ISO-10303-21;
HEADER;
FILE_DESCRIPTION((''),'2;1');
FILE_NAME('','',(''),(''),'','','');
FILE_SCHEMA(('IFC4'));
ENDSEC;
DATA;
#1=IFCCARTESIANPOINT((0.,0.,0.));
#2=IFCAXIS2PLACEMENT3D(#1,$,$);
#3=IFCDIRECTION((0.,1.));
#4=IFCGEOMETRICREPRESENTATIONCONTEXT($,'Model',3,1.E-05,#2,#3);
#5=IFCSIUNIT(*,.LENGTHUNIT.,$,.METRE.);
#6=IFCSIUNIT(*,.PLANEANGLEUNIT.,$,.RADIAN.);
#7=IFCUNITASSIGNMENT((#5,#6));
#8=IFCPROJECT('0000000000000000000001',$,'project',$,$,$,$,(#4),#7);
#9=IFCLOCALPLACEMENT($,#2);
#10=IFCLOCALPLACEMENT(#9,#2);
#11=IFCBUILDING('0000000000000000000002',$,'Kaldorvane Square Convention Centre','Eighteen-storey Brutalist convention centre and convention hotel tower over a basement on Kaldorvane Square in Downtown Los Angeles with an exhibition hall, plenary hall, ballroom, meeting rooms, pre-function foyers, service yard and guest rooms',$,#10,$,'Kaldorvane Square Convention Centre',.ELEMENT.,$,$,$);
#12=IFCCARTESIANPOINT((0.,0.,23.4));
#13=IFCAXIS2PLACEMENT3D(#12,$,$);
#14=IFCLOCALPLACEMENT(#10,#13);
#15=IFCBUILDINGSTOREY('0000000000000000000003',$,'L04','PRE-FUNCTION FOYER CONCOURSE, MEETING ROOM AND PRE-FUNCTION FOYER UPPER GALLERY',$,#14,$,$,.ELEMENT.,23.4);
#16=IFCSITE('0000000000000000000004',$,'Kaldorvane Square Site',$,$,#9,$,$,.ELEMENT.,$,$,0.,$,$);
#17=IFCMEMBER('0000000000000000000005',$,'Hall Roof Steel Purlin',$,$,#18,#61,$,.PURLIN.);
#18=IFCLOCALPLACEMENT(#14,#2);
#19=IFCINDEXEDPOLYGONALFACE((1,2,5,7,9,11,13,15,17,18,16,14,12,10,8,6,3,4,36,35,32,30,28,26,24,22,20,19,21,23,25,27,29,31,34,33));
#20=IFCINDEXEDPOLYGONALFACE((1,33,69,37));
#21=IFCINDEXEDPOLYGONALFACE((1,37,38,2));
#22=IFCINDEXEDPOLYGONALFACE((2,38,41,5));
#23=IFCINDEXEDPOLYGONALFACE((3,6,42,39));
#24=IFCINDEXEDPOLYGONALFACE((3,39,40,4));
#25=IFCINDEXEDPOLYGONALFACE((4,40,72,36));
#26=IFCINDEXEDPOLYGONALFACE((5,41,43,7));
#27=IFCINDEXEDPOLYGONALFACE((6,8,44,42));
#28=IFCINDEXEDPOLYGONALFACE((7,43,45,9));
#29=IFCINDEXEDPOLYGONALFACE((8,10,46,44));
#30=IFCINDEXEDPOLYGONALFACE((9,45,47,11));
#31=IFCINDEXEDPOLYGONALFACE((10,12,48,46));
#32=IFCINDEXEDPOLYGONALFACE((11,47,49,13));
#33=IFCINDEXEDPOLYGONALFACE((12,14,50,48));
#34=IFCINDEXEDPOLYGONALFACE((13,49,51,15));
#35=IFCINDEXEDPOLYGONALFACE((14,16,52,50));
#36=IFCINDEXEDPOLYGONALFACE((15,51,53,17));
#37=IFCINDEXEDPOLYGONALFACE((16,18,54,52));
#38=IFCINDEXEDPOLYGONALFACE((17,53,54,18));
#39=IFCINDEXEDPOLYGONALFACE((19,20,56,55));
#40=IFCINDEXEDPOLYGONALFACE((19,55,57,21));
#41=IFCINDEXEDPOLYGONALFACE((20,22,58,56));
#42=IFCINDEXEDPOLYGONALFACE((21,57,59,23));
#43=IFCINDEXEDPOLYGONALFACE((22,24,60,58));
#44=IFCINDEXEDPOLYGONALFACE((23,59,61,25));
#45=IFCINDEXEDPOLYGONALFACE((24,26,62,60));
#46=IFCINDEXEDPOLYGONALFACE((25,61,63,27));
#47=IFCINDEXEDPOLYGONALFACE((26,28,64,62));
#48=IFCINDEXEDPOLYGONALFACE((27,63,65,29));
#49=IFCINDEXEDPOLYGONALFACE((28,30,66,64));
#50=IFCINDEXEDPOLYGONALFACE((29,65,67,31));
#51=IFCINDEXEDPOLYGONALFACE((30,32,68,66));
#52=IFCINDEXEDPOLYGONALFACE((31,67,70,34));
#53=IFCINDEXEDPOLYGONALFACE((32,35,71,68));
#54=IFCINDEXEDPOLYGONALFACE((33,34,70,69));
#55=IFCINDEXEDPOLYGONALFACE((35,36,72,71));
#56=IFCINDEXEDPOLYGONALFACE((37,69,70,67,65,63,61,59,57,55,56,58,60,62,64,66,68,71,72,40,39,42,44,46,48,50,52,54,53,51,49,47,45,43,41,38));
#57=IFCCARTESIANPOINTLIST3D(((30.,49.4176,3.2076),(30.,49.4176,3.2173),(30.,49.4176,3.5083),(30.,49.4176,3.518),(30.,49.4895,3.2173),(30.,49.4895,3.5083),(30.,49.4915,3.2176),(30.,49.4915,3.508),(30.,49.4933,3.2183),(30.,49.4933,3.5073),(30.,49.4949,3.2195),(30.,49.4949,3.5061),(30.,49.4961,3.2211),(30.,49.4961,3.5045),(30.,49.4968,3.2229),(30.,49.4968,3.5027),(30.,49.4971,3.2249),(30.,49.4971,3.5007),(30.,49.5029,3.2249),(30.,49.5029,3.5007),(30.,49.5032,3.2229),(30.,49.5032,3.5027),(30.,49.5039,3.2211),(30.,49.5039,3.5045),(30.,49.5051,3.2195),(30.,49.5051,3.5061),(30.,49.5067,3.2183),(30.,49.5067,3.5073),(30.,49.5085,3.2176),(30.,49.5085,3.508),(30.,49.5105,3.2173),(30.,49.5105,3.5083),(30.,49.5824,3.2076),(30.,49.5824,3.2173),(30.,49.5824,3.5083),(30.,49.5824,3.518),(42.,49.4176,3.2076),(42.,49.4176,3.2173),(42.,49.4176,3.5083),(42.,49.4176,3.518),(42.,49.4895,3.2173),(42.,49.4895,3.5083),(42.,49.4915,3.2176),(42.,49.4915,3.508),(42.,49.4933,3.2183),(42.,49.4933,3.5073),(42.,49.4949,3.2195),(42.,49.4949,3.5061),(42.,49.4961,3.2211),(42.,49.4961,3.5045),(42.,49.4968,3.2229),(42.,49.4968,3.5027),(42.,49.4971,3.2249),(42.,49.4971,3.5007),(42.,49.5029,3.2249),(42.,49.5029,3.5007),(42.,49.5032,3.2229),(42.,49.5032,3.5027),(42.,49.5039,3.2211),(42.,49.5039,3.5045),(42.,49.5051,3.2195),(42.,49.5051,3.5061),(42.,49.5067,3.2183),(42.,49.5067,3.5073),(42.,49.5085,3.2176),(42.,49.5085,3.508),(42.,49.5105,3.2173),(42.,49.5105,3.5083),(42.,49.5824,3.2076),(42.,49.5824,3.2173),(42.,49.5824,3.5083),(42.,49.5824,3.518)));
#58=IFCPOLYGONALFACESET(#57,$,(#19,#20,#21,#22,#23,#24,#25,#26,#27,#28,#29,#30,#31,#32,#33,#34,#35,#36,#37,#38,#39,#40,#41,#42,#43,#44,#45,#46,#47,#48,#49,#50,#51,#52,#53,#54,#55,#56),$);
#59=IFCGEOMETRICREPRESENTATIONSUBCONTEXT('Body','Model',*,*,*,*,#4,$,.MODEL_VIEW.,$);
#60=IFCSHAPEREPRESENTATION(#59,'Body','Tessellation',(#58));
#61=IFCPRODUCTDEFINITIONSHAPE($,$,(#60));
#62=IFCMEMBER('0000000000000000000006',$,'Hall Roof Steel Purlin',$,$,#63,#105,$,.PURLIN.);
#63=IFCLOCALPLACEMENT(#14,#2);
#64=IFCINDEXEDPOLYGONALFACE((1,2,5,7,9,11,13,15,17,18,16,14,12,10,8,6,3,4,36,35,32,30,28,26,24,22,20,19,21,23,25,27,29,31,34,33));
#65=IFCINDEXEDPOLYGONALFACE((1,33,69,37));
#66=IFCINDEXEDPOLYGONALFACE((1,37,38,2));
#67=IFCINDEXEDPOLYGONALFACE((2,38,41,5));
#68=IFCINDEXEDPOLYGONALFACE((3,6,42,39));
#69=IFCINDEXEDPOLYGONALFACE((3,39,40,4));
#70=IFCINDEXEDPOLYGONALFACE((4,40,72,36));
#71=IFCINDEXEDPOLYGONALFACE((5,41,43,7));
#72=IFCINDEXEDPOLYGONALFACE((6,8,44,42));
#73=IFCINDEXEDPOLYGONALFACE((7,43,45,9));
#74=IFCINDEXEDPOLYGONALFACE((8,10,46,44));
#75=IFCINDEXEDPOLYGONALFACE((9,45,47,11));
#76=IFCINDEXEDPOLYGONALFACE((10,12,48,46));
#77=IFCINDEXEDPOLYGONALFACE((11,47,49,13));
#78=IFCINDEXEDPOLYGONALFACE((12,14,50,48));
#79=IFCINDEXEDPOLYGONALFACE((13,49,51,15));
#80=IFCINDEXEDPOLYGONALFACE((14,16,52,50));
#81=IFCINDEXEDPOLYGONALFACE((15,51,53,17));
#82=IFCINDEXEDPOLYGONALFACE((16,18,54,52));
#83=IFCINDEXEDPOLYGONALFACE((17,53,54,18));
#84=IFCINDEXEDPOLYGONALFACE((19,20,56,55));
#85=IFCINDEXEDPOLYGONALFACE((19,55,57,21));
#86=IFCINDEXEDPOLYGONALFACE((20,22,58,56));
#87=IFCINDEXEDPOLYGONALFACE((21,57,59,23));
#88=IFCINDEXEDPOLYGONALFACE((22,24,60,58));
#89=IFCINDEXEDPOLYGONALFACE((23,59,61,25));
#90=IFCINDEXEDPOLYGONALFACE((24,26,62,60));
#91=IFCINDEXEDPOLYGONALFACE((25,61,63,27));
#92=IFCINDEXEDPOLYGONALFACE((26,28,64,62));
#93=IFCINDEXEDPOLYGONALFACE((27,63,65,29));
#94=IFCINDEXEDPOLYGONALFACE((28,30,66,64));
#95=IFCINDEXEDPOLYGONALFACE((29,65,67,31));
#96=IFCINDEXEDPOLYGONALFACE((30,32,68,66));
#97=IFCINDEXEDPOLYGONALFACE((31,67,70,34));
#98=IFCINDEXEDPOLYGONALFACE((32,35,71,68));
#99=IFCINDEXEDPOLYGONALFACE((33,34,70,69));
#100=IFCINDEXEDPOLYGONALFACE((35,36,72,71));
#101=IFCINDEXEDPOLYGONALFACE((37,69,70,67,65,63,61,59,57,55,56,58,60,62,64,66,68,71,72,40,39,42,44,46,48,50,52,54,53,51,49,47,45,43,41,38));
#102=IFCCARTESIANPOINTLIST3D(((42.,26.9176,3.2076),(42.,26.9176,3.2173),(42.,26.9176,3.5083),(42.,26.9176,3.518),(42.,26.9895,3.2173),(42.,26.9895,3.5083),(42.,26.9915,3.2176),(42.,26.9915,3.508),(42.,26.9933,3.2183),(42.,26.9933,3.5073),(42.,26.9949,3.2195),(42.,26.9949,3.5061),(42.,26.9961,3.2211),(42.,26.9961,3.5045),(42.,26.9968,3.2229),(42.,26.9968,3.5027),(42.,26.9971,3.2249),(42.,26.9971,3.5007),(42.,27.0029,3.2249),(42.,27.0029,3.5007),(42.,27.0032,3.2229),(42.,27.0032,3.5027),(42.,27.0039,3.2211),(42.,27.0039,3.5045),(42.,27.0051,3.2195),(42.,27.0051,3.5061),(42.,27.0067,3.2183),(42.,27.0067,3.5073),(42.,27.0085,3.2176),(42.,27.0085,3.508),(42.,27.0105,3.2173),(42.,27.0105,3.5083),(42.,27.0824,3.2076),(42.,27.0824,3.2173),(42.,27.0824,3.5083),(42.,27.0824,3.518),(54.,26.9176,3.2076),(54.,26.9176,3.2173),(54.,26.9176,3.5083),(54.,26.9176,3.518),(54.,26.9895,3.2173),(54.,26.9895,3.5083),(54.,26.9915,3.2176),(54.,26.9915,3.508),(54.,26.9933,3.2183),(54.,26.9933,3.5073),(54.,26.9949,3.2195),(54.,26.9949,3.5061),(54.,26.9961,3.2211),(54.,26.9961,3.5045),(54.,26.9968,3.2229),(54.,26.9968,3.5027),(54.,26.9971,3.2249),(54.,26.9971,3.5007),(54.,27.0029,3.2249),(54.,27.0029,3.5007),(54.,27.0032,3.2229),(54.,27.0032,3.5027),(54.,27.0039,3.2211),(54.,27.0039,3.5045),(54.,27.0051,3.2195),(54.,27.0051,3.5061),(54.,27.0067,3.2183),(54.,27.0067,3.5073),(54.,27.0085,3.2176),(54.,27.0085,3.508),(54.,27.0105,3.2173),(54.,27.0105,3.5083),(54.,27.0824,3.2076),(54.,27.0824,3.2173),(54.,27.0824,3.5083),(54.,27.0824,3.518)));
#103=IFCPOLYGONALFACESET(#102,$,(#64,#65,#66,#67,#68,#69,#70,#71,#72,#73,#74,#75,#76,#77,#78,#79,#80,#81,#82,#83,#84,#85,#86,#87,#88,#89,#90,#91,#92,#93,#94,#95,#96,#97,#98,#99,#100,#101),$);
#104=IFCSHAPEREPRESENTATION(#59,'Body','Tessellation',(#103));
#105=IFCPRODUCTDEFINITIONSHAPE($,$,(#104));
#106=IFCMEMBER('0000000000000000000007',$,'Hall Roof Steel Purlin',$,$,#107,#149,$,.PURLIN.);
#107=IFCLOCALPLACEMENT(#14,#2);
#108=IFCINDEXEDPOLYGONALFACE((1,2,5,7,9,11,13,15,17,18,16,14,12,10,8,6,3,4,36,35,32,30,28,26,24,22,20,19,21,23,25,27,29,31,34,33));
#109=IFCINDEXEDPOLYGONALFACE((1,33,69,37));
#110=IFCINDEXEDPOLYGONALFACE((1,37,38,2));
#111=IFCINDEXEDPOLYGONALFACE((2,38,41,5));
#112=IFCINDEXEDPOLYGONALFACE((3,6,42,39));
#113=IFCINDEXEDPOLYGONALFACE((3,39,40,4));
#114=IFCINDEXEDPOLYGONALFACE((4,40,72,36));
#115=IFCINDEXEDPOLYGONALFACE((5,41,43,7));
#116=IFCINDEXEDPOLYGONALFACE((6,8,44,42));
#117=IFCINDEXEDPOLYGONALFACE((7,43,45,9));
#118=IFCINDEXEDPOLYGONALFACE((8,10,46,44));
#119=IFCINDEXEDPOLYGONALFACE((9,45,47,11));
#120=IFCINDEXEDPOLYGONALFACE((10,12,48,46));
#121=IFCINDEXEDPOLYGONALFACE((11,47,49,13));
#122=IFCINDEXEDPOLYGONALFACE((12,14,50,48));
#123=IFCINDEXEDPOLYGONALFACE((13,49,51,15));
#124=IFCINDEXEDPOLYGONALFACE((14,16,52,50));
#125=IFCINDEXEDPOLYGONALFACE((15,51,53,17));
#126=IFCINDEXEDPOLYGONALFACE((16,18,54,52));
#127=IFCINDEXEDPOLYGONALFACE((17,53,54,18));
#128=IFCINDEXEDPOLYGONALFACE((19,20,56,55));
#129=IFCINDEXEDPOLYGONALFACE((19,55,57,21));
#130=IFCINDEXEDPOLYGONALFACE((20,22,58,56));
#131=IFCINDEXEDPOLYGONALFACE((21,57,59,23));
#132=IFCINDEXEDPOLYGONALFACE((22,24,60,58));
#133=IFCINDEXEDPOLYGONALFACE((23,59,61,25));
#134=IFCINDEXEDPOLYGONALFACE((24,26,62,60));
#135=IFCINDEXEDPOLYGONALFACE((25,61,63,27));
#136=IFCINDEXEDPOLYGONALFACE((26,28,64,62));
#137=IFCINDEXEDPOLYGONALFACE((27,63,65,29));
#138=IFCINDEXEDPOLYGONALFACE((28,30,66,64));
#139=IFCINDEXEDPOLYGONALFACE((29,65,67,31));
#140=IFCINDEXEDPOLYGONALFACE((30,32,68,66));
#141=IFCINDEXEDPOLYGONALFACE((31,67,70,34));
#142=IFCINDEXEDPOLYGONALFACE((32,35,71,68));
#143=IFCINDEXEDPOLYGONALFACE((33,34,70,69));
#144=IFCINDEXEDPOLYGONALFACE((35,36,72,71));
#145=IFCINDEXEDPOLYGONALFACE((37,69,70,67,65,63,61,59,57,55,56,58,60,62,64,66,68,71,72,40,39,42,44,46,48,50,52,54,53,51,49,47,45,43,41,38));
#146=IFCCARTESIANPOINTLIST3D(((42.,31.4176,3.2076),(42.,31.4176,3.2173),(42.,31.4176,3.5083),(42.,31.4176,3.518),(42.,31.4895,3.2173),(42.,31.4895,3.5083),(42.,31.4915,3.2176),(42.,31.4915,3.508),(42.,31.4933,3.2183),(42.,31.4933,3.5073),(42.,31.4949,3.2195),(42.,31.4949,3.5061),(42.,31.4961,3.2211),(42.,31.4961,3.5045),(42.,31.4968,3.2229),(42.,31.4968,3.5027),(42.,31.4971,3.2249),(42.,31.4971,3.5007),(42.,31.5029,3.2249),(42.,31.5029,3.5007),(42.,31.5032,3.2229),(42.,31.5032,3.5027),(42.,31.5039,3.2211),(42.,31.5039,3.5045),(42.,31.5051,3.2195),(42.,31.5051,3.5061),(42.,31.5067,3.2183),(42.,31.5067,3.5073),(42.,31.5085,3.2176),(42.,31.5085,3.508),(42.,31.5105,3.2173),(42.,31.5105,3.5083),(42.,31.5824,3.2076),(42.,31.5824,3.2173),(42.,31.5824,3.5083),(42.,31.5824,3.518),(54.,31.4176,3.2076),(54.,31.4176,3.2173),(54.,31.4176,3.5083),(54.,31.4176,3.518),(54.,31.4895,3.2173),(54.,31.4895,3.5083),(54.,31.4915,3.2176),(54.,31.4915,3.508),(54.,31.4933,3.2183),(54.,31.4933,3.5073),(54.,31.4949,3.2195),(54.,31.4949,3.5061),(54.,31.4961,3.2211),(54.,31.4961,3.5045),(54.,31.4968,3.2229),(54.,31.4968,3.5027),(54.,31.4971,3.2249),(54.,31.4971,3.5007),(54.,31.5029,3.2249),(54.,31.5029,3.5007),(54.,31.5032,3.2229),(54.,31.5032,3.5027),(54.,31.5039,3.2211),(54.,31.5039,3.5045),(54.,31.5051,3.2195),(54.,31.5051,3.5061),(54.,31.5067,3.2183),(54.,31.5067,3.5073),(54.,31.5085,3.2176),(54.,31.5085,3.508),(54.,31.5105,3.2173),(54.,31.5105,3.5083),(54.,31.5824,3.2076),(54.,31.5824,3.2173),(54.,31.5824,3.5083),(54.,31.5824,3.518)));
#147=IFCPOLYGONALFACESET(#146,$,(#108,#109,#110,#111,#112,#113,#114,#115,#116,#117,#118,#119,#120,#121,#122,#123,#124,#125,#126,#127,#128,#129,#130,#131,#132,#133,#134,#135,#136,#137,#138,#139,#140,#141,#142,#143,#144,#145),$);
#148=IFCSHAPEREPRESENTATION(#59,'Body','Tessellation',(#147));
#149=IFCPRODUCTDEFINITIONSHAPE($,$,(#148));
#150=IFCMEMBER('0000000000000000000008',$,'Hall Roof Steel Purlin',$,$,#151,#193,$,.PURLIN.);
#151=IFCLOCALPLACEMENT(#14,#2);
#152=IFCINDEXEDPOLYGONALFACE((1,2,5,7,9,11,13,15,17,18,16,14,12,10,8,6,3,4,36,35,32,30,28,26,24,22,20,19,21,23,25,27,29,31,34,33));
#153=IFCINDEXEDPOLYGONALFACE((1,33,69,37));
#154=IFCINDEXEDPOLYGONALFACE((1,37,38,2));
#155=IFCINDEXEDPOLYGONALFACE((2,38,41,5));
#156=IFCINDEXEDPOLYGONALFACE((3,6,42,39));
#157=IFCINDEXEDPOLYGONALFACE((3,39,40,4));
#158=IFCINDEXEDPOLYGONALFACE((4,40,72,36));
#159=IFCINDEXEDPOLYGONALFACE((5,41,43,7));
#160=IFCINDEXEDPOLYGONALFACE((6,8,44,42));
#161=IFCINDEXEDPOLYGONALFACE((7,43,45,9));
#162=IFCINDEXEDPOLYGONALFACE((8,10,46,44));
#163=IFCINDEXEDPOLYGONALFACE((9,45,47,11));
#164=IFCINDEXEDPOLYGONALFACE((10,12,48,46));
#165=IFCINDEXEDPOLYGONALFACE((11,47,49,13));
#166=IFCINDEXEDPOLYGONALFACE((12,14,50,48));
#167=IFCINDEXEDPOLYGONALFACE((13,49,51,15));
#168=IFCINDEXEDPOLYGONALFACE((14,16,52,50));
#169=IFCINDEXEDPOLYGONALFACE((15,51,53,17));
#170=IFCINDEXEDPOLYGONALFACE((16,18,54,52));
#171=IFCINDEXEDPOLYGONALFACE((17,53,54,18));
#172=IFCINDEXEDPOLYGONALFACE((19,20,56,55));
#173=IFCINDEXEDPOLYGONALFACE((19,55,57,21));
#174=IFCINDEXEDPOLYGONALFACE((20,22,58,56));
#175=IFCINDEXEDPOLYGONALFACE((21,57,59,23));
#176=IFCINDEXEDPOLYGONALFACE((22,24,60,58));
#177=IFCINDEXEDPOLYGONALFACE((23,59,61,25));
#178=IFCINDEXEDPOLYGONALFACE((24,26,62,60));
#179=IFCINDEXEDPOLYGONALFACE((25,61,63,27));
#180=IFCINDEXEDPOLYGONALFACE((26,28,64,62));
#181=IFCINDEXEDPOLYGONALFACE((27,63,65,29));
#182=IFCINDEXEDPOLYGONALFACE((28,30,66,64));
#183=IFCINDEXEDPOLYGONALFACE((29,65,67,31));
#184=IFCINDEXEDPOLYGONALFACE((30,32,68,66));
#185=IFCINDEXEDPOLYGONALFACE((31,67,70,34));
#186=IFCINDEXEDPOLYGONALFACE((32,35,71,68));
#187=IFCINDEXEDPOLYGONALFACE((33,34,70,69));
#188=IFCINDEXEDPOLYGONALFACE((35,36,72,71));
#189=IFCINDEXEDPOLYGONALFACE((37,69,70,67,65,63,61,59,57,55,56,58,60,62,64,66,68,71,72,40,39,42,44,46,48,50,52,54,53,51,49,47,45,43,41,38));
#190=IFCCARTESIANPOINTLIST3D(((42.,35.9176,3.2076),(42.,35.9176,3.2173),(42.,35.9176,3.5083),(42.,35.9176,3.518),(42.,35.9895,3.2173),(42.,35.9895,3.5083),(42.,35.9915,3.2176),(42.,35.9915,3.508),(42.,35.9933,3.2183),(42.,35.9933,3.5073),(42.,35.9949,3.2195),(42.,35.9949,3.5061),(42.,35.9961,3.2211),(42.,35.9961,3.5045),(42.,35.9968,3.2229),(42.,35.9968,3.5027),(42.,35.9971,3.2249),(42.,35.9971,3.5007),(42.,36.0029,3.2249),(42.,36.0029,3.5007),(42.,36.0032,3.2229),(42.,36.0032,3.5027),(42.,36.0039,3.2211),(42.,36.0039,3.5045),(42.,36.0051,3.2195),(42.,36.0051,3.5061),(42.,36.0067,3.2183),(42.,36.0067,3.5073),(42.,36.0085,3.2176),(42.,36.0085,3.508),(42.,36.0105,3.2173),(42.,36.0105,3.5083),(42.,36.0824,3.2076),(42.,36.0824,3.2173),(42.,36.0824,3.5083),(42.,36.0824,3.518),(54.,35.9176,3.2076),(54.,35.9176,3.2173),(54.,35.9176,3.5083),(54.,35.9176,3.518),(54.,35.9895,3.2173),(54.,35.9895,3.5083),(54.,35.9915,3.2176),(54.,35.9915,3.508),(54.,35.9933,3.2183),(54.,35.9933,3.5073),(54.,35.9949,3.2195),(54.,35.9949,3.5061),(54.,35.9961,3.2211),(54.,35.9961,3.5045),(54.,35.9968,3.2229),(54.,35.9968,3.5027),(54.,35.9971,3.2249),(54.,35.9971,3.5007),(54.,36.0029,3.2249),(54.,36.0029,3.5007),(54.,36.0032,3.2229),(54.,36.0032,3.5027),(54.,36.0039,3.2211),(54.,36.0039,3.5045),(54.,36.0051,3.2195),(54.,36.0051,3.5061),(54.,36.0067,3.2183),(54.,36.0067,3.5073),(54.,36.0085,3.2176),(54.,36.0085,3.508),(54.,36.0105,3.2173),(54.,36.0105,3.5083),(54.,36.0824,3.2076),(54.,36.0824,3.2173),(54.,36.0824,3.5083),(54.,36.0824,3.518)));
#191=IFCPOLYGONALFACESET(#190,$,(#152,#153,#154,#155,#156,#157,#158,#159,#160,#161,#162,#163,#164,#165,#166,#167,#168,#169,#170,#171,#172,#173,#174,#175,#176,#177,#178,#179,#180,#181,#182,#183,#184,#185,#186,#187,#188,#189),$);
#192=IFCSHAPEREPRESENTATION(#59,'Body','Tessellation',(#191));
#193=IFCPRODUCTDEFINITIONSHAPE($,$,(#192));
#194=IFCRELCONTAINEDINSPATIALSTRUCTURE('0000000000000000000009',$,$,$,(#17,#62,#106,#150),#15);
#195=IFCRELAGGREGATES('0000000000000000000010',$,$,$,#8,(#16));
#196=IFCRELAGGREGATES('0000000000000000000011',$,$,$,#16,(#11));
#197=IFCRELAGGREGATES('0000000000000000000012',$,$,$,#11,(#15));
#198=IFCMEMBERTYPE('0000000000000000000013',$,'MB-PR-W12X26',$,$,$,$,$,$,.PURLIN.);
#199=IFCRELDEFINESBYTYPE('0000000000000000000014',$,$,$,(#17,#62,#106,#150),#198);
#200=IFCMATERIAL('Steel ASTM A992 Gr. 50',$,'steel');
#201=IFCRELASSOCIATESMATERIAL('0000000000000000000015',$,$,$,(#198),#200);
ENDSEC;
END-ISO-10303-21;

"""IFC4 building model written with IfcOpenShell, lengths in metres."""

from ifc_helpers import new_model, si_unit, direction, frame, origin, origin_2d, place, context, subcontext, project, spatial, i_section, extrude, material, material_profile, profile_set, type_object, element, save


model = new_model("IFC4")

# Units and contexts
model_context = context("Model", 3, precision=1e-05, world=origin(), true_north=direction((0.0, 1.0)))
body_context = subcontext(model_context, "Body", "Model", "MODEL_VIEW")
ifc_project = project(units=[si_unit("LENGTHUNIT", "METRE"), si_unit("PLANEANGLEUNIT", "RADIAN")], contexts=[model_context])

# Site, building, storey
site_placement = place(None, origin())
site = spatial("IfcSite", under=ifc_project, at=site_placement, Name="Kaldorvane Square Site", CompositionType="ELEMENT", RefElevation=0.0)
building_placement = place(site_placement, origin())
building = spatial("IfcBuilding", under=site, at=building_placement, Name="Kaldorvane Square Convention Centre", Description="Eighteen-storey Brutalist convention centre and convention hotel tower over a basement on Kaldorvane Square in Downtown Los Angeles with an exhibition hall, plenary hall, ballroom, meeting rooms, pre-function foyers, service yard and guest rooms", LongName="Kaldorvane Square Convention Centre", CompositionType="ELEMENT")
storey_placement = place(building_placement, frame((0.0, 0.0, 23.4)))
storey = spatial("IfcBuildingStorey", under=building, at=storey_placement, Name="L04", Description="PRE-FUNCTION FOYER CONCOURSE, MEETING ROOM AND PRE-FUNCTION FOYER UPPER GALLERY", CompositionType="ELEMENT", Elevation=23.4)

# Members
ifc_material_1 = material(Name="Steel ASTM A992 Gr. 50", Category="steel")
ifc_material_profile_1 = material_profile(ifc_material_1, i_section(OverallWidth=0.1648, OverallDepth=0.3104, WebThickness=0.0058, FlangeThickness=0.0097, FilletRadius=0.0076, at=origin_2d()), Name="W12X26")
ifc_profile_set_1 = profile_set([ifc_material_profile_1], Name="Steel ASTM A992 Gr. 50")
member_type_1 = type_object("IfcMemberType", Name="MB-PR-W12X26", PredefinedType="PURLIN", material=ifc_profile_set_1)
for number, where, z_axis, x_axis, name in (
    (1, (30.0, 49.5, 3.3628), (1.0, 0.0, 0.0), (0.0, 1.0, 0.0), "Hall Roof Steel Purlin"),
    (2, (42.0, 27.0, 3.3628), (1.0, 0.0, 0.0), (0.0, 1.0, 0.0), "Hall Roof Steel Purlin"),
    (3, (42.0, 31.5, 3.3628), (1.0, 0.0, 0.0), (0.0, 1.0, 0.0), "Hall Roof Steel Purlin"),
    (4, (42.0, 36.0, 3.3628), (1.0, 0.0, 0.0), (0.0, 1.0, 0.0), "Hall Roof Steel Purlin"),
):
    element("IfcMember", number, at=place(storey_placement, frame(where, z_axis=z_axis, x_axis=x_axis)), inside=storey, type_object=member_type_1, Name=name, PredefinedType="PURLIN", context=body_context, shape_type="SweptSolid", body=[
        extrude(i_section(OverallWidth=0.1648, OverallDepth=0.3104, WebThickness=0.0058, FlangeThickness=0.0097, FilletRadius=0.0076, at=origin_2d()), origin(), (0.0, 0.0, 1.0), 12.0),
    ])

save(model, "model.ifc")
